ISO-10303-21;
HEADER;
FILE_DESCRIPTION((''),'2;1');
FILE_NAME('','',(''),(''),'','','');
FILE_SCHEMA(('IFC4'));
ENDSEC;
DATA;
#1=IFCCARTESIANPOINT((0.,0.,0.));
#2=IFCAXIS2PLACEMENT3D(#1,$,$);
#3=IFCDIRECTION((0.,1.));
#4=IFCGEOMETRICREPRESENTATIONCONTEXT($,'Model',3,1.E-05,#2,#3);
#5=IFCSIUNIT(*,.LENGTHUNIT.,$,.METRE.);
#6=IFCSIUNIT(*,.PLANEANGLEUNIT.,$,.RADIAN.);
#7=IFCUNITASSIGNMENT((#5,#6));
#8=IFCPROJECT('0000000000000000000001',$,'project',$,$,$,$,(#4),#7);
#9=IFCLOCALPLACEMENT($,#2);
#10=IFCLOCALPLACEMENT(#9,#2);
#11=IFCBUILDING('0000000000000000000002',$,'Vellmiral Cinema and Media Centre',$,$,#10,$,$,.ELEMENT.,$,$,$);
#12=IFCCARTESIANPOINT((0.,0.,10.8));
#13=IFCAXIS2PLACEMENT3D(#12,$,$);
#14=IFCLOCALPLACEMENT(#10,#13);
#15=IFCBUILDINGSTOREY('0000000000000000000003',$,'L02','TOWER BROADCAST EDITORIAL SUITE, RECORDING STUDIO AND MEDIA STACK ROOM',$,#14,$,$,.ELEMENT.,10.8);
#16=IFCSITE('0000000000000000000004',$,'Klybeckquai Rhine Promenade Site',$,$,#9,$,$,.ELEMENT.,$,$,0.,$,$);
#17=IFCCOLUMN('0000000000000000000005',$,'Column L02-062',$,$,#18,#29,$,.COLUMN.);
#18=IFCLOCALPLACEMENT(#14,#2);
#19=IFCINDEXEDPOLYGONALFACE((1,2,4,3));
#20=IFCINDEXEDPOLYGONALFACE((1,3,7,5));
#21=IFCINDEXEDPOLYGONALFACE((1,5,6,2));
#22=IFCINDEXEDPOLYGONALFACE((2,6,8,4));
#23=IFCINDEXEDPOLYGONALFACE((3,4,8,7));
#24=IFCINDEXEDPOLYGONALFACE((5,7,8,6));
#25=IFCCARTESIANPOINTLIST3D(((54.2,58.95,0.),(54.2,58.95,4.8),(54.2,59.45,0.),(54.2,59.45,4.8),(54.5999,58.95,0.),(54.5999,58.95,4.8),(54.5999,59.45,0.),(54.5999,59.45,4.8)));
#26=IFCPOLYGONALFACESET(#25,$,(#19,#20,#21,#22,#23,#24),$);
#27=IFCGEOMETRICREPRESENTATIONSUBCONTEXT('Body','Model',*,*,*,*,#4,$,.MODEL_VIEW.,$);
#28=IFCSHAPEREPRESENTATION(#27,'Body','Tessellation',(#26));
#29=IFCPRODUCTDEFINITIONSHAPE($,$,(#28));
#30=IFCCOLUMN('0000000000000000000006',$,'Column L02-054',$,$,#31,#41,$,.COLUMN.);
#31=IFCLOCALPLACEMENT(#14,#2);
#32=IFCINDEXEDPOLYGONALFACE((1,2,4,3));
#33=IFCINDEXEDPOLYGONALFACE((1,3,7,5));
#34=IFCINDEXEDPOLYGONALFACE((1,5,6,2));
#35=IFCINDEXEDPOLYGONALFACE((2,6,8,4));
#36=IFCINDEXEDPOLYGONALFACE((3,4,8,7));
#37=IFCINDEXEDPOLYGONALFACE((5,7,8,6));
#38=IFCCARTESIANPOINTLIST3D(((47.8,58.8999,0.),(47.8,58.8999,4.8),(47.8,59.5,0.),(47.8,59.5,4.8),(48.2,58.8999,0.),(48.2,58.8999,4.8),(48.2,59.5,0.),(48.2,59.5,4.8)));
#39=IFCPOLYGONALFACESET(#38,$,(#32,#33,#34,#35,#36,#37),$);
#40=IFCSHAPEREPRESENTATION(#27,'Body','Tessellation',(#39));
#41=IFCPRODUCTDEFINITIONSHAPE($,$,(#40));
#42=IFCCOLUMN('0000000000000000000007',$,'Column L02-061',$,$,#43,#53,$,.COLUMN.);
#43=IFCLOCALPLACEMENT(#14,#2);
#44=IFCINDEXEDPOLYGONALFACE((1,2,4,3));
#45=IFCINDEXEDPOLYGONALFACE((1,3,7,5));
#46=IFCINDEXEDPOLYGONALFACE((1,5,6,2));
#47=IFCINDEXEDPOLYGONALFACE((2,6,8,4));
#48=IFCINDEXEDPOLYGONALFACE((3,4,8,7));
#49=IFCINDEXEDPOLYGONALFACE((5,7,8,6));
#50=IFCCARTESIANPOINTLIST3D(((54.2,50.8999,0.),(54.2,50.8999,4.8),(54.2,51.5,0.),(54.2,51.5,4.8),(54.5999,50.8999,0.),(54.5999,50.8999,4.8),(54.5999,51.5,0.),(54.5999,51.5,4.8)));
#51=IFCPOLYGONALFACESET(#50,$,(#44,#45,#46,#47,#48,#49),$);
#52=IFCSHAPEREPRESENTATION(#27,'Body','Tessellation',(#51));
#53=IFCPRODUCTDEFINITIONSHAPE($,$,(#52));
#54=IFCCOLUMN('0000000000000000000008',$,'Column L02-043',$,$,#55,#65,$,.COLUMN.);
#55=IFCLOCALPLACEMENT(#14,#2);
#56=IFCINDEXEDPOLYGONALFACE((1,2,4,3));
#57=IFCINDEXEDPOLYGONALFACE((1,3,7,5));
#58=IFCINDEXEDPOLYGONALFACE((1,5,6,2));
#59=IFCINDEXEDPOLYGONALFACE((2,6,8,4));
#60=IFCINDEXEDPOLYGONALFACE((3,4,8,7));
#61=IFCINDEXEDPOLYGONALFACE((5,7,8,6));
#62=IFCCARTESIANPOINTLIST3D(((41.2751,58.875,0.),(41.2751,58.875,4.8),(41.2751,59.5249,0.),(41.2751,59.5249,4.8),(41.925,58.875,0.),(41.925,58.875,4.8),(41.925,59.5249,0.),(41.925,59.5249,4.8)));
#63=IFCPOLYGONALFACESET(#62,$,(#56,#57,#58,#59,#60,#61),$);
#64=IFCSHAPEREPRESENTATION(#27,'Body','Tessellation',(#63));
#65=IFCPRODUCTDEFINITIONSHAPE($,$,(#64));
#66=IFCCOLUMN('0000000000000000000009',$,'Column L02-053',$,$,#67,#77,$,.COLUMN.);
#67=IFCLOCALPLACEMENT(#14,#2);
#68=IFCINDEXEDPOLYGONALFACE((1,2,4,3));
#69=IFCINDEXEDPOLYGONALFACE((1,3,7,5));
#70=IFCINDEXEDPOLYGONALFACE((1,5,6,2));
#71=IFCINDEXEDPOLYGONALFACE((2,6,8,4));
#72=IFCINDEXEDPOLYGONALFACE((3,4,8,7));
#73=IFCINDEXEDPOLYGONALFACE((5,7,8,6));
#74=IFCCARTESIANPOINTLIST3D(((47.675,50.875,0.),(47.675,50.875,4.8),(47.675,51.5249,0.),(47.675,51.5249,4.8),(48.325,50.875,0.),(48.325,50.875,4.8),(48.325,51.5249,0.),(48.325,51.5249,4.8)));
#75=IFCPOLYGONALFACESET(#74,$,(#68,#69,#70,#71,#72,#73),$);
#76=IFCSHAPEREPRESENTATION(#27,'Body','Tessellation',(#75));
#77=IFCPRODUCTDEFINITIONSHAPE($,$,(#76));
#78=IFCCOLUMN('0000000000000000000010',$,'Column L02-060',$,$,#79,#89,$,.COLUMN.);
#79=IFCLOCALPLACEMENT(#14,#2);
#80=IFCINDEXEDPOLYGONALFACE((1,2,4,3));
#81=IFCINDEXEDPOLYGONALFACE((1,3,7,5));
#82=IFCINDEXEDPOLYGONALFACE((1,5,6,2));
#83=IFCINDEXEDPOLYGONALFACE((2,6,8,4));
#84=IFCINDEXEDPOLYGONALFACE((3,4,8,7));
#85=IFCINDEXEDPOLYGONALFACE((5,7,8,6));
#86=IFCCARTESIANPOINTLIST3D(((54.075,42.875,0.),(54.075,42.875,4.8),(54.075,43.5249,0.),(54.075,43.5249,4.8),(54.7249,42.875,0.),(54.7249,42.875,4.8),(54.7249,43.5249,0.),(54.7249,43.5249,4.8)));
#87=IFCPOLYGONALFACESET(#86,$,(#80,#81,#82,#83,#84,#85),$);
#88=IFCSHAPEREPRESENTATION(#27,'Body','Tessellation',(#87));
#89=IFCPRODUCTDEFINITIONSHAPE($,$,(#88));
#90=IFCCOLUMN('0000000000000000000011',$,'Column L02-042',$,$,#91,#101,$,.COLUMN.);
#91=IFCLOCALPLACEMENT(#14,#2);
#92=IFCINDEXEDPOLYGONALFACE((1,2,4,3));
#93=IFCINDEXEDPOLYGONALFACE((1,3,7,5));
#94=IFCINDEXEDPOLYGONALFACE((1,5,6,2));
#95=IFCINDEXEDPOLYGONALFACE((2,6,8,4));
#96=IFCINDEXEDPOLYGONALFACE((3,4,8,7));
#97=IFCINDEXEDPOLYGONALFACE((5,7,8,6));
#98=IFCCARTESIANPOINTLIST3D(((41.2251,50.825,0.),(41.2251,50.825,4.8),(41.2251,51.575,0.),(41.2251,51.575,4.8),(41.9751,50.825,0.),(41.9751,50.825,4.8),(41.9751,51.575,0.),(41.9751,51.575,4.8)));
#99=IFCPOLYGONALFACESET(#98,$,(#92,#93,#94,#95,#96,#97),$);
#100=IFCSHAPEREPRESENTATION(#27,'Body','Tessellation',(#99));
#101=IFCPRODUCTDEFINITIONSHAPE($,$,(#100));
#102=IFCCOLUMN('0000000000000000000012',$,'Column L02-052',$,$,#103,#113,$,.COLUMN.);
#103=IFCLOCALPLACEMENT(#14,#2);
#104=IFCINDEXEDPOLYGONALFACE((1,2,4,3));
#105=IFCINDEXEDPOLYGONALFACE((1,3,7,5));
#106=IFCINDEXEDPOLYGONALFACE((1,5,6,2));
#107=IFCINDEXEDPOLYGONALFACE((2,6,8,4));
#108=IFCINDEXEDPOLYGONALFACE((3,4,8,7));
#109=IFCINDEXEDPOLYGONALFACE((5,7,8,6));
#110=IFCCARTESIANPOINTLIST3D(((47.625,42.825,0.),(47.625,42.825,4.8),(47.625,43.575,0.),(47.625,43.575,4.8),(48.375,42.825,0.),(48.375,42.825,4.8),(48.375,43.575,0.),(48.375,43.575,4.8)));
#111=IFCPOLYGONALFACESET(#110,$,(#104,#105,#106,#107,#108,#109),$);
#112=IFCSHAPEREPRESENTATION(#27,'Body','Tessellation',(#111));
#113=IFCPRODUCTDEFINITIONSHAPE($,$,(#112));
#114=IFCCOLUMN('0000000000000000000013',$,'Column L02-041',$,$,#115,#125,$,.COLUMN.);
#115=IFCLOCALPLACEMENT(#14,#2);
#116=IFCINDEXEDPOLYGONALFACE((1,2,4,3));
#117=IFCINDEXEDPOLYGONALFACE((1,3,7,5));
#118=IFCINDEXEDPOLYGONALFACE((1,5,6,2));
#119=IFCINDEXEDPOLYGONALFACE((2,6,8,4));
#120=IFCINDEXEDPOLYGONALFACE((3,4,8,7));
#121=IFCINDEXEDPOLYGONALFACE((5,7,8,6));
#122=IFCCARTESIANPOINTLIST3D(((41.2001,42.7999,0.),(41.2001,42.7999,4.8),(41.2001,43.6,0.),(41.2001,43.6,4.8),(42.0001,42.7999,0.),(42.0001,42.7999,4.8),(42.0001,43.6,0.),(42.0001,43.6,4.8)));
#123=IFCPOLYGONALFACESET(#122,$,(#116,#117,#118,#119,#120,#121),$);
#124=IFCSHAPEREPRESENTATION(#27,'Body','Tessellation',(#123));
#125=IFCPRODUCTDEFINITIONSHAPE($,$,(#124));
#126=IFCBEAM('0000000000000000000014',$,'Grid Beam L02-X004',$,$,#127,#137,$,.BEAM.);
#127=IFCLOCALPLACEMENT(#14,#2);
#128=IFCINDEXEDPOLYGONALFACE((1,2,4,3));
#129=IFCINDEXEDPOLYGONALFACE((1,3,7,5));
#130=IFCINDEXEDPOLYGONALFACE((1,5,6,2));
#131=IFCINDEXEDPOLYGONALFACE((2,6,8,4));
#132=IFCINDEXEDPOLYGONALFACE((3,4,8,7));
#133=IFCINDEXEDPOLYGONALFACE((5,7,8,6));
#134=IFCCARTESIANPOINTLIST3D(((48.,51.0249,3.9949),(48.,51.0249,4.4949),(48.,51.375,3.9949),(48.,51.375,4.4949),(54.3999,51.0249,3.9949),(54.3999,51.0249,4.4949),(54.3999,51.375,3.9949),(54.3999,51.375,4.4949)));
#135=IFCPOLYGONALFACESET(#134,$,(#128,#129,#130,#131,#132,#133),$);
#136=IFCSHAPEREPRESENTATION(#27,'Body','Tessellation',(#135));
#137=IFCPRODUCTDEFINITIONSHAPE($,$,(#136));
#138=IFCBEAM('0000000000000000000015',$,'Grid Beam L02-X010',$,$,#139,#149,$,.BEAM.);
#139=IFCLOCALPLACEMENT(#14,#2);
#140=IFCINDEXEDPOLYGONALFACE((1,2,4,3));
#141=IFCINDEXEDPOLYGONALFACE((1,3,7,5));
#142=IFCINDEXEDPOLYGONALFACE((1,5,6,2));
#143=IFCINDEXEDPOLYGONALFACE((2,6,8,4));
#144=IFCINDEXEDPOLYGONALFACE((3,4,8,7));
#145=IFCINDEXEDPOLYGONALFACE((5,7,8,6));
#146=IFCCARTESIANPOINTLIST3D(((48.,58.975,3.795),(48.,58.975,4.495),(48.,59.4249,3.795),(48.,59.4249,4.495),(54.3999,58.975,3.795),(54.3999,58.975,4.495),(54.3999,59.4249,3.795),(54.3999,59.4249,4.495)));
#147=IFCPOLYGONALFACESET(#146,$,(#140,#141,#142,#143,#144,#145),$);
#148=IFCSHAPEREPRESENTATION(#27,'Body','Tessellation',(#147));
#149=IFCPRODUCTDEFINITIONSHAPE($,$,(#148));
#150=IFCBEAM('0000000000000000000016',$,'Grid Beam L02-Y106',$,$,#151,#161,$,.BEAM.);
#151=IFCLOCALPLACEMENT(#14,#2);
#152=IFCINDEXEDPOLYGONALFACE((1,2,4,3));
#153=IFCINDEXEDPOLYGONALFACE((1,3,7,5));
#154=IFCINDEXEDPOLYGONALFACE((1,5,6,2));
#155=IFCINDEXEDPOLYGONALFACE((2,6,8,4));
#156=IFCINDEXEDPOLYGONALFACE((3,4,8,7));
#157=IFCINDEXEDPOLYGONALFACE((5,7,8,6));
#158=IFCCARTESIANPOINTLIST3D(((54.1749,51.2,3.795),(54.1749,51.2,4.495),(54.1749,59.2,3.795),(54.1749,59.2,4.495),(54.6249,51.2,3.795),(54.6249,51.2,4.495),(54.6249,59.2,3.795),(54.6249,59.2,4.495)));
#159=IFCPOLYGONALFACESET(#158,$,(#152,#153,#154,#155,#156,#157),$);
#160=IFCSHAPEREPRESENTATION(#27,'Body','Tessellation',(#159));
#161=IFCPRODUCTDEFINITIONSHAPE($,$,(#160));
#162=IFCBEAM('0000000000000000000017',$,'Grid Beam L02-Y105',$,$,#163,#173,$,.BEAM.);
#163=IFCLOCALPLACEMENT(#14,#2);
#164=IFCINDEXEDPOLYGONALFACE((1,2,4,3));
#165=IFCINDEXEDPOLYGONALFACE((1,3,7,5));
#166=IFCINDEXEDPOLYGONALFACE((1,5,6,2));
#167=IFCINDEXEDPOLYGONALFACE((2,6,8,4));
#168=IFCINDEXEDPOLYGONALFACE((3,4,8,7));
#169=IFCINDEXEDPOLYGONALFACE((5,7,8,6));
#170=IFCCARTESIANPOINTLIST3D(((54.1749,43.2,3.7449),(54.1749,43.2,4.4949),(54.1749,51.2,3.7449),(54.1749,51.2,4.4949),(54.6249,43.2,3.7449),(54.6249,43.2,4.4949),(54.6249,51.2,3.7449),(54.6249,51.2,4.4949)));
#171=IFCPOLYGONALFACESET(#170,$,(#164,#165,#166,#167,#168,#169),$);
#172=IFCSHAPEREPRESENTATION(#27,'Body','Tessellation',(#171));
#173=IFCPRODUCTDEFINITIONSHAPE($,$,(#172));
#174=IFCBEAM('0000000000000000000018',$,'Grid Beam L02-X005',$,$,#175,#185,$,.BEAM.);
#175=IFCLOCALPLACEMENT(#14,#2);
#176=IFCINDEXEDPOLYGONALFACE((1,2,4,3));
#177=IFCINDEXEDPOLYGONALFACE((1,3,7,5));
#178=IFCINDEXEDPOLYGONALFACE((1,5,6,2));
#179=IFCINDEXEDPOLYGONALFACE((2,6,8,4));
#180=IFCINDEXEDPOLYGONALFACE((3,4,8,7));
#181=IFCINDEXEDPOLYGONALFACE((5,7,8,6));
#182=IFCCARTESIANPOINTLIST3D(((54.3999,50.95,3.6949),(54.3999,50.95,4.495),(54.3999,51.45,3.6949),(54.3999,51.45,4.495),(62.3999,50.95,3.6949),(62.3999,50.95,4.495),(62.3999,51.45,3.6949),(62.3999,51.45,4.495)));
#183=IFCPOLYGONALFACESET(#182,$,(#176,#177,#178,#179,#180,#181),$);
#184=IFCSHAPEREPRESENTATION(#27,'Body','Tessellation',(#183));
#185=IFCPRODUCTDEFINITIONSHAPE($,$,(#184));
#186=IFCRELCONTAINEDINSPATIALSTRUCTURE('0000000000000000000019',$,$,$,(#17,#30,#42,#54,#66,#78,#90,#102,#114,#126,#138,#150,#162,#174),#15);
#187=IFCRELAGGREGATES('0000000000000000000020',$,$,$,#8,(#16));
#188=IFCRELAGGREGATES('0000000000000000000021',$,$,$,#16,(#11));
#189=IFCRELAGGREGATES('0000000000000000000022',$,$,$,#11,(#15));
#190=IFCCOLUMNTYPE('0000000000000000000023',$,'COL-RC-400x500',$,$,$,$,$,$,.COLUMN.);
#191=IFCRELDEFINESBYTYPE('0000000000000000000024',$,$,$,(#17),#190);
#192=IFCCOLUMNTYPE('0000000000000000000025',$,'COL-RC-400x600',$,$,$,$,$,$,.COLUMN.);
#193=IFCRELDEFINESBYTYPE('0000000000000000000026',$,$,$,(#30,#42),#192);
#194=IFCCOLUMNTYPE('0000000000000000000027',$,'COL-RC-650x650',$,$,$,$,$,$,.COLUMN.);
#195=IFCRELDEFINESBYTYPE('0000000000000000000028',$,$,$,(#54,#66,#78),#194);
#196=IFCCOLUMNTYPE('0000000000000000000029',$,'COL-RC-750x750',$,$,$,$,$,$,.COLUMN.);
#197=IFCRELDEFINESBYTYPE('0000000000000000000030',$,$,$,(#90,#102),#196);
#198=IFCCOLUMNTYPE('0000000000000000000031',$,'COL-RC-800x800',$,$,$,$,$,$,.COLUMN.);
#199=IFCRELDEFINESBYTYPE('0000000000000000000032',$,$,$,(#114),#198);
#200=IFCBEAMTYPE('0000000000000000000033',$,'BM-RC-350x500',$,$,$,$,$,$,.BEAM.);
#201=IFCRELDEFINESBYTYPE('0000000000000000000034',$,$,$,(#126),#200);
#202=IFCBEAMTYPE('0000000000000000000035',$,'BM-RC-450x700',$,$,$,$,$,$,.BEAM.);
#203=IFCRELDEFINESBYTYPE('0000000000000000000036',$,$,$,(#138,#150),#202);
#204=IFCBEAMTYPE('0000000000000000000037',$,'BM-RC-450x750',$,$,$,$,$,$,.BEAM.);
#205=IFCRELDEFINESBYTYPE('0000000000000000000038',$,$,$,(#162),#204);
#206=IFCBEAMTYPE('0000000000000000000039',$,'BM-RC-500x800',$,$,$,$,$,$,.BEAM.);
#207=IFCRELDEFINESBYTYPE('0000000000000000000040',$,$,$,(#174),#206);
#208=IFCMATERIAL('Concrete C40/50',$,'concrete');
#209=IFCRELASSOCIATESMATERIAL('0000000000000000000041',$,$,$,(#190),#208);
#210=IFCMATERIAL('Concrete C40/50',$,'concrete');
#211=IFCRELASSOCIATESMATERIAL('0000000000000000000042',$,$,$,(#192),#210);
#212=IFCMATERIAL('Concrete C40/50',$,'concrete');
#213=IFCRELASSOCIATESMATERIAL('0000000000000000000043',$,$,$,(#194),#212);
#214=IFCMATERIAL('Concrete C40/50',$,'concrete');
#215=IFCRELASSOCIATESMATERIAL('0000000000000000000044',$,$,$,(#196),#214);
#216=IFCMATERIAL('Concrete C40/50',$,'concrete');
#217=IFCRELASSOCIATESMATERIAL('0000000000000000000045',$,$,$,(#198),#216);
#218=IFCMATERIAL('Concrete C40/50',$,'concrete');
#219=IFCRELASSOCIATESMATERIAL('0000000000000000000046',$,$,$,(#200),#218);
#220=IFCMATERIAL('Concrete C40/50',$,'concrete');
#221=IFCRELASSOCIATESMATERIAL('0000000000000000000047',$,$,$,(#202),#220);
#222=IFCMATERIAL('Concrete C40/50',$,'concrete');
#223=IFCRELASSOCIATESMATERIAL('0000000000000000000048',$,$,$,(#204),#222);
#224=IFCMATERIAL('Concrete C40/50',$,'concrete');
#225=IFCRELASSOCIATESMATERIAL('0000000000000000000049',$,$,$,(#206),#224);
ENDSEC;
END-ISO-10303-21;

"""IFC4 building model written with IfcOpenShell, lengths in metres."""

from ifc_helpers import new_model, si_unit, direction, frame, origin, origin_2d, place, context, subcontext, project, spatial, rectangle, extrude, material, material_profile, profile_set, type_object, element, save


model = new_model("IFC4")

# Units and contexts
model_context = context("Model", 3, precision=1e-05, world=origin(), true_north=direction((0.0, 1.0)))
body_context = subcontext(model_context, "Body", "Model", "MODEL_VIEW")
ifc_project = project(units=[si_unit("LENGTHUNIT", "METRE"), si_unit("PLANEANGLEUNIT", "RADIAN")], contexts=[model_context])

# Site, building, storey
site_placement = place(None, origin())
site = spatial("IfcSite", under=ifc_project, at=site_placement, Name="Klybeckquai Rhine Promenade Site", CompositionType="ELEMENT", RefElevation=0.0)
building_placement = place(site_placement, origin())
building = spatial("IfcBuilding", under=site, at=building_placement, Name="Vellmiral Cinema and Media Centre", CompositionType="ELEMENT")
storey_placement = place(building_placement, frame((0.0, 0.0, 10.8)))
storey = spatial("IfcBuildingStorey", under=building, at=storey_placement, Name="L02", Description="TOWER BROADCAST EDITORIAL SUITE, RECORDING STUDIO AND MEDIA STACK ROOM", CompositionType="ELEMENT", Elevation=10.8)

# Columns
ifc_material_1 = material(Name="Concrete C40/50", Category="concrete")
ifc_material_profile_1 = material_profile(ifc_material_1, rectangle(XDim=0.3999, YDim=0.5, at=origin_2d()), Name="RC 400x500")
ifc_profile_set_1 = profile_set([ifc_material_profile_1], Name="Concrete C40/50")
column_type_1 = type_object("IfcColumnType", Name="COL-RC-400x500", PredefinedType="COLUMN", material=ifc_profile_set_1)
column_1_placement = place(storey_placement, frame((54.3999, 59.2, 0.0), z_axis=(0.0, 0.0, 1.0), x_axis=(1.0, 0.0, 0.0)))
element("IfcColumn", 1, at=column_1_placement, inside=storey, type_object=column_type_1, Name="Column L02-062", PredefinedType="COLUMN", context=body_context, shape_type="SweptSolid", body=[
    extrude(rectangle(XDim=0.3999, YDim=0.5, at=origin_2d()), origin(), (0.0, 0.0, 1.0), 4.8),
])
ifc_material_2 = material(Name="Concrete C40/50", Category="concrete")
ifc_material_profile_2 = material_profile(ifc_material_2, rectangle(XDim=0.3999, YDim=0.6001, at=origin_2d()), Name="RC 400x600")
ifc_profile_set_2 = profile_set([ifc_material_profile_2], Name="Concrete C40/50")
column_type_2 = type_object("IfcColumnType", Name="COL-RC-400x600", PredefinedType="COLUMN", material=ifc_profile_set_2)
for number, where, z_axis, x_axis, name in (
    (2, (48.0, 59.2, 0.0), (0.0, 0.0, 1.0), (1.0, 0.0, 0.0), "Column L02-054"),
    (3, (54.3999, 51.2, 0.0), (0.0, 0.0, 1.0), (1.0, 0.0, 0.0), "Column L02-061"),
):
    element("IfcColumn", number, at=place(storey_placement, frame(where, z_axis=z_axis, x_axis=x_axis)), inside=storey, type_object=column_type_2, Name=name, PredefinedType="COLUMN", context=body_context, shape_type="SweptSolid", body=[
        extrude(rectangle(XDim=0.3999, YDim=0.6001, at=origin_2d()), origin(), (0.0, 0.0, 1.0), 4.8),
    ])
ifc_material_3 = material(Name="Concrete C40/50", Category="concrete")
ifc_material_profile_3 = material_profile(ifc_material_3, rectangle(XDim=0.6499, YDim=0.6499, at=origin_2d()), Name="RC 650x650")
ifc_profile_set_3 = profile_set([ifc_material_profile_3], Name="Concrete C40/50")
column_type_3 = type_object("IfcColumnType", Name="COL-RC-650x650", PredefinedType="COLUMN", material=ifc_profile_set_3)
for number, where, z_axis, x_axis, name in (
    (4, (41.6001, 59.2, 0.0), (0.0, 0.0, 1.0), (1.0, 0.0, 0.0), "Column L02-043"),
    (5, (48.0, 51.2, 0.0), (0.0, 0.0, 1.0), (1.0, 0.0, 0.0), "Column L02-053"),
    (6, (54.3999, 43.2, 0.0), (0.0, 0.0, 1.0), (1.0, 0.0, 0.0), "Column L02-060"),
):
    element("IfcColumn", number, at=place(storey_placement, frame(where, z_axis=z_axis, x_axis=x_axis)), inside=storey, type_object=column_type_3, Name=name, PredefinedType="COLUMN", context=body_context, shape_type="SweptSolid", body=[
        extrude(rectangle(XDim=0.6499, YDim=0.6499, at=origin_2d()), origin(), (0.0, 0.0, 1.0), 4.8),
    ])
ifc_material_4 = material(Name="Concrete C40/50", Category="concrete")
ifc_material_profile_4 = material_profile(ifc_material_4, rectangle(XDim=0.75, YDim=0.75, at=origin_2d()), Name="RC 750x750")
ifc_profile_set_4 = profile_set([ifc_material_profile_4], Name="Concrete C40/50")
column_type_4 = type_object("IfcColumnType", Name="COL-RC-750x750", PredefinedType="COLUMN", material=ifc_profile_set_4)
for number, where, z_axis, x_axis, name in (
    (7, (41.6001, 51.2, 0.0), (0.0, 0.0, 1.0), (1.0, 0.0, 0.0), "Column L02-042"),
    (8, (48.0, 43.2, 0.0), (0.0, 0.0, 1.0), (1.0, 0.0, 0.0), "Column L02-052"),
):
    element("IfcColumn", number, at=place(storey_placement, frame(where, z_axis=z_axis, x_axis=x_axis)), inside=storey, type_object=column_type_4, Name=name, PredefinedType="COLUMN", context=body_context, shape_type="SweptSolid", body=[
        extrude(rectangle(XDim=0.75, YDim=0.75, at=origin_2d()), origin(), (0.0, 0.0, 1.0), 4.8),
    ])
ifc_material_5 = material(Name="Concrete C40/50", Category="concrete")
ifc_material_profile_5 = material_profile(ifc_material_5, rectangle(XDim=0.8, YDim=0.8, at=origin_2d()), Name="RC 800x800")
ifc_profile_set_5 = profile_set([ifc_material_profile_5], Name="Concrete C40/50")
column_type_5 = type_object("IfcColumnType", Name="COL-RC-800x800", PredefinedType="COLUMN", material=ifc_profile_set_5)
column_2_placement = place(storey_placement, frame((41.6001, 43.2, 0.0), z_axis=(0.0, 0.0, 1.0), x_axis=(1.0, 0.0, 0.0)))
element("IfcColumn", 9, at=column_2_placement, inside=storey, type_object=column_type_5, Name="Column L02-041", PredefinedType="COLUMN", context=body_context, shape_type="SweptSolid", body=[
    extrude(rectangle(XDim=0.8, YDim=0.8, at=origin_2d()), origin(), (0.0, 0.0, 1.0), 4.8),
])

# Beams
ifc_material_6 = material(Name="Concrete C40/50", Category="concrete")
ifc_material_profile_6 = material_profile(ifc_material_6, rectangle(XDim=0.3501, YDim=0.5, at=origin_2d()), Name="RC 350x500")
ifc_profile_set_6 = profile_set([ifc_material_profile_6], Name="Concrete C40/50")
beam_type_1 = type_object("IfcBeamType", Name="BM-RC-350x500", PredefinedType="BEAM", material=ifc_profile_set_6)
beam_1_placement = place(storey_placement, frame((48.0, 51.2, 4.2449), z_axis=(1.0, 0.0, 0.0), x_axis=(0.0, 1.0, 0.0)))
element("IfcBeam", 10, at=beam_1_placement, inside=storey, type_object=beam_type_1, Name="Grid Beam L02-X004", PredefinedType="BEAM", context=body_context, shape_type="SweptSolid", body=[
    extrude(rectangle(XDim=0.3501, YDim=0.5, at=origin_2d()), origin(), (0.0, 0.0, 1.0), 6.3999),
])
ifc_material_7 = material(Name="Concrete C40/50", Category="concrete")
ifc_material_profile_7 = material_profile(ifc_material_7, rectangle(XDim=0.45, YDim=0.7, at=origin_2d()), Name="RC 450x700")
ifc_profile_set_7 = profile_set([ifc_material_profile_7], Name="Concrete C40/50")
beam_type_2 = type_object("IfcBeamType", Name="BM-RC-450x700", PredefinedType="BEAM", material=ifc_profile_set_7)
beam_2_placement = place(storey_placement, frame((48.0, 59.2, 4.145), z_axis=(1.0, 0.0, 0.0), x_axis=(0.0, 1.0, 0.0)))
element("IfcBeam", 11, at=beam_2_placement, inside=storey, type_object=beam_type_2, Name="Grid Beam L02-X010", PredefinedType="BEAM", context=body_context, shape_type="SweptSolid", body=[
    extrude(rectangle(XDim=0.45, YDim=0.7, at=origin_2d()), origin(), (0.0, 0.0, 1.0), 6.3999),
])
beam_3_placement = place(storey_placement, frame((54.3999, 51.2, 4.145), z_axis=(0.0, 1.0, 0.0), x_axis=(-1.0, 0.0, 0.0)))
element("IfcBeam", 12, at=beam_3_placement, inside=storey, type_object=beam_type_2, Name="Grid Beam L02-Y106", PredefinedType="BEAM", context=body_context, shape_type="SweptSolid", body=[
    extrude(rectangle(XDim=0.45, YDim=0.7, at=origin_2d()), origin(), (0.0, 0.0, 1.0), 8.0),
])
ifc_material_8 = material(Name="Concrete C40/50", Category="concrete")
ifc_material_profile_8 = material_profile(ifc_material_8, rectangle(XDim=0.45, YDim=0.75, at=origin_2d()), Name="RC 450x750")
ifc_profile_set_8 = profile_set([ifc_material_profile_8], Name="Concrete C40/50")
beam_type_3 = type_object("IfcBeamType", Name="BM-RC-450x750", PredefinedType="BEAM", material=ifc_profile_set_8)
beam_4_placement = place(storey_placement, frame((54.3999, 43.2, 4.1199), z_axis=(0.0, 1.0, 0.0), x_axis=(-1.0, 0.0, 0.0)))
element("IfcBeam", 13, at=beam_4_placement, inside=storey, type_object=beam_type_3, Name="Grid Beam L02-Y105", PredefinedType="BEAM", context=body_context, shape_type="SweptSolid", body=[
    extrude(rectangle(XDim=0.45, YDim=0.75, at=origin_2d()), origin(), (0.0, 0.0, 1.0), 8.0),
])
ifc_material_9 = material(Name="Concrete C40/50", Category="concrete")
ifc_material_profile_9 = material_profile(ifc_material_9, rectangle(XDim=0.5, YDim=0.8, at=origin_2d()), Name="RC 500x800")
ifc_profile_set_9 = profile_set([ifc_material_profile_9], Name="Concrete C40/50")
beam_type_4 = type_object("IfcBeamType", Name="BM-RC-500x800", PredefinedType="BEAM", material=ifc_profile_set_9)
beam_5_placement = place(storey_placement, frame((54.3999, 51.2, 4.095), z_axis=(1.0, 0.0, 0.0), x_axis=(0.0, 1.0, 0.0)))
element("IfcBeam", 14, at=beam_5_placement, inside=storey, type_object=beam_type_4, Name="Grid Beam L02-X005", PredefinedType="BEAM", context=body_context, shape_type="SweptSolid", body=[
    extrude(rectangle(XDim=0.5, YDim=0.8, at=origin_2d()), origin(), (0.0, 0.0, 1.0), 8.0),
])

save(model, "model.ifc")
